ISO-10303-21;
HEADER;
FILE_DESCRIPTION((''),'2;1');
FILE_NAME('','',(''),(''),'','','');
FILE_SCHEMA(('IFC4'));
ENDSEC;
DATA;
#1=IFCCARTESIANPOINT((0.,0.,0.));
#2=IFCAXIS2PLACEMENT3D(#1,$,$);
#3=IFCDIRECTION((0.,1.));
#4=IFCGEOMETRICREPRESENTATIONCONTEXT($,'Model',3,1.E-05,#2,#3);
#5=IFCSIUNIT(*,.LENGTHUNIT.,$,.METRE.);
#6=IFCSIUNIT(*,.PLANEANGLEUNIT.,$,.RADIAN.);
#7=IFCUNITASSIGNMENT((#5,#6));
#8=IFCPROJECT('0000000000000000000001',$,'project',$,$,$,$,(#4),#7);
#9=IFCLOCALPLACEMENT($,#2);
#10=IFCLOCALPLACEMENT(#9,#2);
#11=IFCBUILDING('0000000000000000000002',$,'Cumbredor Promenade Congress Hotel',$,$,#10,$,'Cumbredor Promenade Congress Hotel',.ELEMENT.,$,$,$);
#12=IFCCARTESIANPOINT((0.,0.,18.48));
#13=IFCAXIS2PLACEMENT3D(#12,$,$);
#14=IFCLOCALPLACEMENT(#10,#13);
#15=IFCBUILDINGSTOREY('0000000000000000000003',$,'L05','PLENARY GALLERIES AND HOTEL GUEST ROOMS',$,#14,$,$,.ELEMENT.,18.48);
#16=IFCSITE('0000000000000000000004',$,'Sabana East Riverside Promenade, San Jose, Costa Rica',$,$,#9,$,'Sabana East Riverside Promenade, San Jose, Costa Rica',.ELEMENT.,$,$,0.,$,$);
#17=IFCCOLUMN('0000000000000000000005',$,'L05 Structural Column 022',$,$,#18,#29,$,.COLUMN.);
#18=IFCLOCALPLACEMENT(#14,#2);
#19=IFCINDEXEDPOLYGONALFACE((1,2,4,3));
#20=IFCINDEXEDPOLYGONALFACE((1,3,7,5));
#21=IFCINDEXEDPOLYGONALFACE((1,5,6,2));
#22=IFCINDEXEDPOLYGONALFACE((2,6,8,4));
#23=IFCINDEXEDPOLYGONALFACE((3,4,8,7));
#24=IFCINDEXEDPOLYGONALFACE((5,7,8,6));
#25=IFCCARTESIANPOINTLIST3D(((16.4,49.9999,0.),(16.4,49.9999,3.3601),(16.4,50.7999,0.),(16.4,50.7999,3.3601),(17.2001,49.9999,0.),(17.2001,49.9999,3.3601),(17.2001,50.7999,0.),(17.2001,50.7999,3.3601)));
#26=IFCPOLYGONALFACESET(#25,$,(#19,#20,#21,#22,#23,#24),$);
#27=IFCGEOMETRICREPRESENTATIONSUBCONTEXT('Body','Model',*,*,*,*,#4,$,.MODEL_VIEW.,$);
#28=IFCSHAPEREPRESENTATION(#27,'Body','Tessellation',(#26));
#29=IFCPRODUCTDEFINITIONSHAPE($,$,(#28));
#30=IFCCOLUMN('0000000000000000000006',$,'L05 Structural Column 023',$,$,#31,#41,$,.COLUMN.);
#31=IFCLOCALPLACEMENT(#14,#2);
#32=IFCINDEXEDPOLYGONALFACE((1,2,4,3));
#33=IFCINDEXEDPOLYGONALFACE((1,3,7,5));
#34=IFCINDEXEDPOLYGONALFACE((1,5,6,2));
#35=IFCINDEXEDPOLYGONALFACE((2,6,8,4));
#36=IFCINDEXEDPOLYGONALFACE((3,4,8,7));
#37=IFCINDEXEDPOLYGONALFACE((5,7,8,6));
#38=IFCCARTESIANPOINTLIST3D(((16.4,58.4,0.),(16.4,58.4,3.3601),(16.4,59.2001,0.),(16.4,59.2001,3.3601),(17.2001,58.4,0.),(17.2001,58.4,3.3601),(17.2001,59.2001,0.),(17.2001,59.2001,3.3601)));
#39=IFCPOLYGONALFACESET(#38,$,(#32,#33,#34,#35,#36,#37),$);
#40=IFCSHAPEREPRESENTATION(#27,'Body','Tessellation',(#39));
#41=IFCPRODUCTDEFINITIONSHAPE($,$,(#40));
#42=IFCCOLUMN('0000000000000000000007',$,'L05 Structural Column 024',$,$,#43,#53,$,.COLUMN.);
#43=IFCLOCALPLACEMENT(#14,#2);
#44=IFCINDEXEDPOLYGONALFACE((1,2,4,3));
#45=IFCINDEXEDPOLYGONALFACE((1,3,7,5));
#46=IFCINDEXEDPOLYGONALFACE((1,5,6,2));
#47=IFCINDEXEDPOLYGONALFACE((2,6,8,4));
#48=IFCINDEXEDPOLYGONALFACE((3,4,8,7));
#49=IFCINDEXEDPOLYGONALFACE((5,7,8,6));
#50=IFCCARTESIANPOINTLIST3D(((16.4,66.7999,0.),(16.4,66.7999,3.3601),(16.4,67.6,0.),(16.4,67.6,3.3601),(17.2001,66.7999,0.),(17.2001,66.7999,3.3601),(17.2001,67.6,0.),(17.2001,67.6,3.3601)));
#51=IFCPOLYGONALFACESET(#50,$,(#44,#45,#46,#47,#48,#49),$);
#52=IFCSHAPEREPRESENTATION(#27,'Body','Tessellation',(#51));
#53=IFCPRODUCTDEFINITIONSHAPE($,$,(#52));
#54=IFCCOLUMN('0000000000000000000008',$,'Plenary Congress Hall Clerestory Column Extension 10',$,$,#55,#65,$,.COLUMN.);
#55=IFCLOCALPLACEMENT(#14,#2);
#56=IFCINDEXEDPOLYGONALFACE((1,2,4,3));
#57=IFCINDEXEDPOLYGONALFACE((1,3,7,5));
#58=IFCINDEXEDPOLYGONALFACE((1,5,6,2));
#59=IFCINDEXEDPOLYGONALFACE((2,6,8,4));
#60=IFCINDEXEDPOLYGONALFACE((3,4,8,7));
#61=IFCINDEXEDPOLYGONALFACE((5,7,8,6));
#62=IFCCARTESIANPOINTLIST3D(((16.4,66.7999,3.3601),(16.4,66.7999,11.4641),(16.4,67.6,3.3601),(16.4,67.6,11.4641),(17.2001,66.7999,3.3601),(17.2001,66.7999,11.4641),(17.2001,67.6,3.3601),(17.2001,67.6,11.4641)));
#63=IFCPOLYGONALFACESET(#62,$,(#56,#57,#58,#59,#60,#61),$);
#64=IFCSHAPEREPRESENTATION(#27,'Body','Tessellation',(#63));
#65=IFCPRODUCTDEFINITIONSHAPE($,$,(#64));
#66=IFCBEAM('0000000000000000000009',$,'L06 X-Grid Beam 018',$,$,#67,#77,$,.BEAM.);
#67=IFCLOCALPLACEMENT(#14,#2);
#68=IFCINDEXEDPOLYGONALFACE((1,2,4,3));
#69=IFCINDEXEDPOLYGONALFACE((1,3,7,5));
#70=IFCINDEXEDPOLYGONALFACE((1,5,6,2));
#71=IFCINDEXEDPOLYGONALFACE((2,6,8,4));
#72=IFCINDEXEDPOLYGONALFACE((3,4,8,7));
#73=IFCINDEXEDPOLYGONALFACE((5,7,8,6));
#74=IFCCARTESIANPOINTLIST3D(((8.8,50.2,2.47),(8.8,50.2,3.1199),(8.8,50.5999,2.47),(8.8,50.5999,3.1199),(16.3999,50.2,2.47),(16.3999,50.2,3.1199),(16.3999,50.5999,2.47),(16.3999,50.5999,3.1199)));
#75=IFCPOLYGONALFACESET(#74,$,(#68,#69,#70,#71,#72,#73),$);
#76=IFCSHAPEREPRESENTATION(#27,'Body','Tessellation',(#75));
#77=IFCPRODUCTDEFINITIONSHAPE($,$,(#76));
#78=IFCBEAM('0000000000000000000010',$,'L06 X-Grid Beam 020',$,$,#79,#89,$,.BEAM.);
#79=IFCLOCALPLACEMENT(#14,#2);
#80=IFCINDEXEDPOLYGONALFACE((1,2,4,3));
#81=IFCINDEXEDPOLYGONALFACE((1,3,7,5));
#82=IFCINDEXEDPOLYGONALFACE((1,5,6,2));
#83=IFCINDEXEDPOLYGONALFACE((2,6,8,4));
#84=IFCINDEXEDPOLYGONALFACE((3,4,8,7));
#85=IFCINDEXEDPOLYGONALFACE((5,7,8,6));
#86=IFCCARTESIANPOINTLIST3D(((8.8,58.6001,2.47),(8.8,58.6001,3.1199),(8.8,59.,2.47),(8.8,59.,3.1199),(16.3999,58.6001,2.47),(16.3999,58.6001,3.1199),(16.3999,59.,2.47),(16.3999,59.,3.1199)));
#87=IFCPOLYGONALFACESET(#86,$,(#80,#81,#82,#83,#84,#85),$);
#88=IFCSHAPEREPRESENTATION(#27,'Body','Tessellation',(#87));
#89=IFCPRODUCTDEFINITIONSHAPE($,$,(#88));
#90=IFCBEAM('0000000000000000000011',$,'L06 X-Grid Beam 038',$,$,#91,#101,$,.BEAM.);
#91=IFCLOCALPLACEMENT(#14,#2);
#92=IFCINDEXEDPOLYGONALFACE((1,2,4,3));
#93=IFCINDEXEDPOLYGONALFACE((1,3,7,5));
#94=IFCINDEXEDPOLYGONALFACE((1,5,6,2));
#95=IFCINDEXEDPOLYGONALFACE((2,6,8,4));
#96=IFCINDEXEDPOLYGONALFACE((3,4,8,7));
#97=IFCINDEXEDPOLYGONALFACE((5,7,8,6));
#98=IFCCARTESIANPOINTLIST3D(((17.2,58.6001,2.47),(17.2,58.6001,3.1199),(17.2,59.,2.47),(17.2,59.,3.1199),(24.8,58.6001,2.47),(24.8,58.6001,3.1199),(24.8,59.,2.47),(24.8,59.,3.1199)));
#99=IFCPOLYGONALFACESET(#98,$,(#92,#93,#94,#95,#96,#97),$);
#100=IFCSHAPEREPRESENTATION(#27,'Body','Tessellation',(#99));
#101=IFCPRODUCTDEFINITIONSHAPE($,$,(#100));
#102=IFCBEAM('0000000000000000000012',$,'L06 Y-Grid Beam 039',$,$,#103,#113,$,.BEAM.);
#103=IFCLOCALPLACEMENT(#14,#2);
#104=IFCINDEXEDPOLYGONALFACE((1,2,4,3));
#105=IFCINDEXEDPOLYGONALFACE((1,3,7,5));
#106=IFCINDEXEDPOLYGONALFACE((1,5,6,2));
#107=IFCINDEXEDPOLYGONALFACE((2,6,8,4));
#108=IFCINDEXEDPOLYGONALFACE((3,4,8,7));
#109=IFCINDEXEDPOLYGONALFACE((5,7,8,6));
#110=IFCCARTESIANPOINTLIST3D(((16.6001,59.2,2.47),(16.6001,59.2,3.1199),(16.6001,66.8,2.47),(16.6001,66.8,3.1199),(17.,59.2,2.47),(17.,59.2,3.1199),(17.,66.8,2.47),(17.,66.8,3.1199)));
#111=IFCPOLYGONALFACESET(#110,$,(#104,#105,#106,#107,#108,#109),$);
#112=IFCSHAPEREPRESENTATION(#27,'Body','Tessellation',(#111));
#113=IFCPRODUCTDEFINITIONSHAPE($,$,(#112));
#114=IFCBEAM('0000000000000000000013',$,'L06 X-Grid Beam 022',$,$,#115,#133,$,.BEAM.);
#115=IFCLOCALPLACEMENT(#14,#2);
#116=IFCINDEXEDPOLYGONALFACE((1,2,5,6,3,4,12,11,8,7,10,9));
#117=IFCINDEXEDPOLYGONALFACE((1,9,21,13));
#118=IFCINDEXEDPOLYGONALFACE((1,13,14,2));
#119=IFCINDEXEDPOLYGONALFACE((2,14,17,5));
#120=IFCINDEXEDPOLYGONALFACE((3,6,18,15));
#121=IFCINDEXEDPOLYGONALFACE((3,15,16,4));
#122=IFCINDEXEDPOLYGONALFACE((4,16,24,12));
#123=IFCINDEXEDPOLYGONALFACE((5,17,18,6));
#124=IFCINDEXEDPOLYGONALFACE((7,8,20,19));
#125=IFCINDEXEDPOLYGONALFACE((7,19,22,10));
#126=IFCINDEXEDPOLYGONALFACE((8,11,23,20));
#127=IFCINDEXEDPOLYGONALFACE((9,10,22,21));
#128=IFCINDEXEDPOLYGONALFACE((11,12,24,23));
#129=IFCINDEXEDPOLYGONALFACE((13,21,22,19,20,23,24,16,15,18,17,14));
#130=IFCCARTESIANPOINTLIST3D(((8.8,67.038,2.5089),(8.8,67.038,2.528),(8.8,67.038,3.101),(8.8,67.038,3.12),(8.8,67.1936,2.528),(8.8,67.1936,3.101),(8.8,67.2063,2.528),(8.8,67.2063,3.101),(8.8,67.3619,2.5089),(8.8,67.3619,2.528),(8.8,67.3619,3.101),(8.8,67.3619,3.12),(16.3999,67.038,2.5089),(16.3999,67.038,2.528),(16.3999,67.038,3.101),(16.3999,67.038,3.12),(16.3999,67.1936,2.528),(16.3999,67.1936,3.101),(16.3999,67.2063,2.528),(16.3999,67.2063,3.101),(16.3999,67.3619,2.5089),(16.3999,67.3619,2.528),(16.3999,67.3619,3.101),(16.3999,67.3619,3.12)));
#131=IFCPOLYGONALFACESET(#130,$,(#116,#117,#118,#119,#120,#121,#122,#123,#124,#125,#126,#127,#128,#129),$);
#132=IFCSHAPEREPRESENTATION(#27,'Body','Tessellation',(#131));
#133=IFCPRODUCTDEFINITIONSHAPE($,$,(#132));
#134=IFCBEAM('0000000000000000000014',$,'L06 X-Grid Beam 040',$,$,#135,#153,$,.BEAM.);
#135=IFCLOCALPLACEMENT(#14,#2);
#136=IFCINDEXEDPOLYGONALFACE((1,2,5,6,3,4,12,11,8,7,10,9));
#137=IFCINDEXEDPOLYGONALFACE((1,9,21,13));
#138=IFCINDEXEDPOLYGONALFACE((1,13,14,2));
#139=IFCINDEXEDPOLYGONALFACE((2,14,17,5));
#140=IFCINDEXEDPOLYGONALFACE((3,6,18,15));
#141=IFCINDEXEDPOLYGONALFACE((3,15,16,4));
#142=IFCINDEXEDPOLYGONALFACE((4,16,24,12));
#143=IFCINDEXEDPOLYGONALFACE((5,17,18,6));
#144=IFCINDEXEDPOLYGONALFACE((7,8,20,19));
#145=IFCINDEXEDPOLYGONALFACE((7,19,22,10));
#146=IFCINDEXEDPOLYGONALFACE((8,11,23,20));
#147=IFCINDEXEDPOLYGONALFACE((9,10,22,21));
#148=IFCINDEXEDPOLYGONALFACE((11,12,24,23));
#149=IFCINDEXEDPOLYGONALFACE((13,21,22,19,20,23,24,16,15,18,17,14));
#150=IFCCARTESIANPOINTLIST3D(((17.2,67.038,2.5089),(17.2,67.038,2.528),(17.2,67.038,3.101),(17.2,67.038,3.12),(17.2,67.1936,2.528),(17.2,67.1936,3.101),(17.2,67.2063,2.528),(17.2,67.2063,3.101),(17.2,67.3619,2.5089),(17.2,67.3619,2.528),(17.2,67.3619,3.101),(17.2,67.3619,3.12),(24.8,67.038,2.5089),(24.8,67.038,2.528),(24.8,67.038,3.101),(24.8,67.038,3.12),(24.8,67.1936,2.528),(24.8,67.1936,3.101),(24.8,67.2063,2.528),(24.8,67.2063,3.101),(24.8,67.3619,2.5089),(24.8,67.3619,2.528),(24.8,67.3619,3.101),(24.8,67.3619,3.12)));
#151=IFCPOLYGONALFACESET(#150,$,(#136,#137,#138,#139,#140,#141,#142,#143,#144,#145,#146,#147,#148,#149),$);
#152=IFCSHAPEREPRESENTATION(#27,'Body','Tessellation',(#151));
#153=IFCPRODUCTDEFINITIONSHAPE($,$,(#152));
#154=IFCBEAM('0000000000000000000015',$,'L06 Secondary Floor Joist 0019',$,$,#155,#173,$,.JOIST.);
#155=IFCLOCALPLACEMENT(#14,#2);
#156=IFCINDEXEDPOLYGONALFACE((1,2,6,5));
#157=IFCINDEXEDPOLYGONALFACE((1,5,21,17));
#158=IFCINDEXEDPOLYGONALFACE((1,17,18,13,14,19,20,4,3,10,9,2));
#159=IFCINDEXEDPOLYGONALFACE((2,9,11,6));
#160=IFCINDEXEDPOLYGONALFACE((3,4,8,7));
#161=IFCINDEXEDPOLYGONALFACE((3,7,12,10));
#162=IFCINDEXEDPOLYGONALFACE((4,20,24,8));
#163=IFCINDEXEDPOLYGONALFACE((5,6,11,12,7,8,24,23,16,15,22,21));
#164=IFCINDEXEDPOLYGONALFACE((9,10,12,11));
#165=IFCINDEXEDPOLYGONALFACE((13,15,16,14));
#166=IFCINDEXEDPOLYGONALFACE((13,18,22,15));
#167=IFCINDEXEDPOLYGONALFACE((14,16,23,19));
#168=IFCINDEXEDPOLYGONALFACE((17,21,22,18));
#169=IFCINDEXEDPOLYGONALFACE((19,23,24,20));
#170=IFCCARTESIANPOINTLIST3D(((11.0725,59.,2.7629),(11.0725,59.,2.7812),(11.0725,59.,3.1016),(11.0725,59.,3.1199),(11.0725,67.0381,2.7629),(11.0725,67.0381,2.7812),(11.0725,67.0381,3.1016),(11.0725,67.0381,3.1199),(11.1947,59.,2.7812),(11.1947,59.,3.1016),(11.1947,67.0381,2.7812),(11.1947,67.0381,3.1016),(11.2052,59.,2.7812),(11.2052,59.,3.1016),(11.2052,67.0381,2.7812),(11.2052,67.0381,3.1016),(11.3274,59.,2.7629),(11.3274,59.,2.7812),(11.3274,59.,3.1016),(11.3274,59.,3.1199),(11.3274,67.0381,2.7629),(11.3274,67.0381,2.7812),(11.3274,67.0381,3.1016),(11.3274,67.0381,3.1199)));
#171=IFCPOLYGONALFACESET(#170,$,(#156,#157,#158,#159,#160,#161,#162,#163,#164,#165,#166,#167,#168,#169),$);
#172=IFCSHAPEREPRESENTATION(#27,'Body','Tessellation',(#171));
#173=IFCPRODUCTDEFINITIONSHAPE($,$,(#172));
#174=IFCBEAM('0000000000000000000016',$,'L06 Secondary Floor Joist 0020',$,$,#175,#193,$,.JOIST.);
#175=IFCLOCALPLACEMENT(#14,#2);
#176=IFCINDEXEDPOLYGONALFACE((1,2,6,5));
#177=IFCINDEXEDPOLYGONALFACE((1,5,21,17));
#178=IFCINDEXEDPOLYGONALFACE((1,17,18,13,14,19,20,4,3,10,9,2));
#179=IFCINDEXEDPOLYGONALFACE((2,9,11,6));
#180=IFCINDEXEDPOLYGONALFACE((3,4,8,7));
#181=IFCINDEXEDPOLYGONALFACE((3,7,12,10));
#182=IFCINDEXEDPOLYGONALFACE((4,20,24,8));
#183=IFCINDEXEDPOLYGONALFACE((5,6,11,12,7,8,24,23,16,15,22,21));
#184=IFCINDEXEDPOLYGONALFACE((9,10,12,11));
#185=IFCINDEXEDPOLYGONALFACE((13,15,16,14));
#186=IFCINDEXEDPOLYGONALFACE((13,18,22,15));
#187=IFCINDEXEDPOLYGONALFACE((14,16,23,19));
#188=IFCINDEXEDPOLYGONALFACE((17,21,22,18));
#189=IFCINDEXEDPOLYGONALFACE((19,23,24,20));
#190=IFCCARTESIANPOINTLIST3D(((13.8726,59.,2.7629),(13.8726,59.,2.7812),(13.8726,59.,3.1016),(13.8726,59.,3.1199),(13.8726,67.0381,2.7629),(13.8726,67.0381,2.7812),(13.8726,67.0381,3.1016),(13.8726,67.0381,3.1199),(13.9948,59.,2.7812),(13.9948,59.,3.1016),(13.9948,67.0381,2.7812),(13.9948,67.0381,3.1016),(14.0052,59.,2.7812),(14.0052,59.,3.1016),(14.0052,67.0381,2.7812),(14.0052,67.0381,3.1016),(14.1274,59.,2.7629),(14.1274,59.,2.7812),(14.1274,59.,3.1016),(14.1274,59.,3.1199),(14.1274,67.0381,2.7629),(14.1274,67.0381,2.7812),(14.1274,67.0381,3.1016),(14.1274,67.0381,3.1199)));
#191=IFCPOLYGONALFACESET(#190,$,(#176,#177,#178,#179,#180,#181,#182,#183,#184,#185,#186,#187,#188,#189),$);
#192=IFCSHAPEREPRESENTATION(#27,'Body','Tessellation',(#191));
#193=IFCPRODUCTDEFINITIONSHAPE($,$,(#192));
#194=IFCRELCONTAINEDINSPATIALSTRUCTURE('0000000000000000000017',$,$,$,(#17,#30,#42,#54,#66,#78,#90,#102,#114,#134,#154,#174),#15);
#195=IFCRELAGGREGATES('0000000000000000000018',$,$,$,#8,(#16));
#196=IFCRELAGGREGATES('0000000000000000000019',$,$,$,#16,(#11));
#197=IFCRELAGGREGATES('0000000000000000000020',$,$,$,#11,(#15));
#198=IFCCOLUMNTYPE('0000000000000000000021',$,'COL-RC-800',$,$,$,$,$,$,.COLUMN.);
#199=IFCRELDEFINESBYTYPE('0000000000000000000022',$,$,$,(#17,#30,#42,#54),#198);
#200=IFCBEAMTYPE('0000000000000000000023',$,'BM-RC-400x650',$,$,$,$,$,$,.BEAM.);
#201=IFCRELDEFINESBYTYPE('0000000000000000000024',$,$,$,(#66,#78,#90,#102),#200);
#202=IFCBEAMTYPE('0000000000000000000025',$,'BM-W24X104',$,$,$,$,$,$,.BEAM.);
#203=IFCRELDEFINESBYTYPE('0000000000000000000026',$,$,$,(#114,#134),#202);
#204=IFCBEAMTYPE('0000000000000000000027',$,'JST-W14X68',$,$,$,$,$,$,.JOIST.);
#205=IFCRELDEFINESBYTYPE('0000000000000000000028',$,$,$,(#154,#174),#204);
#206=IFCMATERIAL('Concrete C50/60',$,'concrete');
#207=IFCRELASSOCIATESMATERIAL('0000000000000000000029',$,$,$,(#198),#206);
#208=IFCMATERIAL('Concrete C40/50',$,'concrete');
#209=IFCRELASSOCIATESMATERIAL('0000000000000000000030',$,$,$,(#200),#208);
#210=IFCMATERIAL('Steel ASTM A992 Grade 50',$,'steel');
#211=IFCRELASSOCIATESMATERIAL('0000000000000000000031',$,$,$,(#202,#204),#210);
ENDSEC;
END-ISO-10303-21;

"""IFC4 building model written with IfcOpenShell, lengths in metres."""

from ifc_helpers import new_model, si_unit, direction, frame, origin, origin_2d, place, context, subcontext, project, spatial, rectangle, i_section, extrude, material, material_profile, profile_set, type_object, element, save


model = new_model("IFC4")

# Units and contexts
model_context = context("Model", 3, precision=1e-05, world=origin(), true_north=direction((0.0, 1.0)))
body_context = subcontext(model_context, "Body", "Model", "MODEL_VIEW")
ifc_project = project(units=[si_unit("LENGTHUNIT", "METRE"), si_unit("PLANEANGLEUNIT", "RADIAN")], contexts=[model_context])

# Site, building, storey
site_placement = place(None, origin())
site = spatial("IfcSite", under=ifc_project, at=site_placement, Name="Sabana East Riverside Promenade, San Jose, Costa Rica", LongName="Sabana East Riverside Promenade, San Jose, Costa Rica", CompositionType="ELEMENT", RefElevation=0.0)
building_placement = place(site_placement, origin())
building = spatial("IfcBuilding", under=site, at=building_placement, Name="Cumbredor Promenade Congress Hotel", LongName="Cumbredor Promenade Congress Hotel", CompositionType="ELEMENT")
storey_placement = place(building_placement, frame((0.0, 0.0, 18.48)))
storey = spatial("IfcBuildingStorey", under=building, at=storey_placement, Name="L05", Description="PLENARY GALLERIES AND HOTEL GUEST ROOMS", CompositionType="ELEMENT", Elevation=18.48)

# Columns
ifc_material_1 = material(Name="Concrete C50/60", Category="concrete")
ifc_material_profile_1 = material_profile(ifc_material_1, rectangle(XDim=0.8, YDim=0.8, at=origin_2d()), Name="RC 800x800")
ifc_profile_set_1 = profile_set([ifc_material_profile_1], Name="Concrete C50/60")
column_type = type_object("IfcColumnType", Name="COL-RC-800", PredefinedType="COLUMN", material=ifc_profile_set_1)
for number, where, z_axis, x_axis, name in (
    (1, (16.8, 50.3999, 0.0), (0.0, 0.0, 1.0), (1.0, 0.0, 0.0), "L05 Structural Column 022"),
    (2, (16.8, 58.8, 0.0), (0.0, 0.0, 1.0), (1.0, 0.0, 0.0), "L05 Structural Column 023"),
    (3, (16.8, 67.2, 0.0), (0.0, 0.0, 1.0), (1.0, 0.0, 0.0), "L05 Structural Column 024"),
):
    element("IfcColumn", number, at=place(storey_placement, frame(where, z_axis=z_axis, x_axis=x_axis)), inside=storey, type_object=column_type, Name=name, PredefinedType="COLUMN", context=body_context, shape_type="SweptSolid", body=[
        extrude(rectangle(XDim=0.8, YDim=0.8, at=origin_2d()), origin(), (0.0, 0.0, 1.0), 3.3601),
    ])
column_placement = place(storey_placement, frame((16.8, 67.2, 3.3601), z_axis=(0.0, 0.0, 1.0), x_axis=(1.0, 0.0, 0.0)))
element("IfcColumn", 4, at=column_placement, inside=storey, type_object=column_type, Name="Plenary Congress Hall Clerestory Column Extension 10", PredefinedType="COLUMN", context=body_context, shape_type="SweptSolid", body=[
    extrude(rectangle(XDim=0.8, YDim=0.8, at=origin_2d()), origin(), (0.0, 0.0, 1.0), 8.104),
])

# Beams
ifc_material_2 = material(Name="Concrete C40/50", Category="concrete")
ifc_material_profile_2 = material_profile(ifc_material_2, rectangle(XDim=0.3999, YDim=0.6499, at=origin_2d()), Name="RC BEAM 400x650")
ifc_profile_set_2 = profile_set([ifc_material_profile_2], Name="Concrete C40/50")
beam_type_1 = type_object("IfcBeamType", Name="BM-RC-400x650", PredefinedType="BEAM", material=ifc_profile_set_2)
for number, where, z_axis, x_axis, name in (
    (5, (8.8, 50.3999, 2.7949), (1.0, 0.0, 0.0), (0.0, 1.0, 0.0), "L06 X-Grid Beam 018"),
    (6, (8.8, 58.8, 2.7949), (1.0, 0.0, 0.0), (0.0, 1.0, 0.0), "L06 X-Grid Beam 020"),
):
    element("IfcBeam", number, at=place(storey_placement, frame(where, z_axis=z_axis, x_axis=x_axis)), inside=storey, type_object=beam_type_1, Name=name, PredefinedType="BEAM", context=body_context, shape_type="SweptSolid", body=[
        extrude(rectangle(XDim=0.3999, YDim=0.6499, at=origin_2d()), origin(), (0.0, 0.0, 1.0), 7.5999),
    ])
for number, where, z_axis, x_axis, name in (
    (7, (17.2, 58.8, 2.7949), (1.0, 0.0, 0.0), (0.0, 1.0, 0.0), "L06 X-Grid Beam 038"),
    (8, (16.8, 59.2, 2.7949), (0.0, 1.0, 0.0), (-1.0, 0.0, 0.0), "L06 Y-Grid Beam 039"),
):
    element("IfcBeam", number, at=place(storey_placement, frame(where, z_axis=z_axis, x_axis=x_axis)), inside=storey, type_object=beam_type_1, Name=name, PredefinedType="BEAM", context=body_context, shape_type="SweptSolid", body=[
        extrude(rectangle(XDim=0.3999, YDim=0.6499, at=origin_2d()), origin(), (0.0, 0.0, 1.0), 7.6001),
    ])
ifc_material_3 = material(Name="Steel ASTM A992 Grade 50", Category="steel")
ifc_material_profile_3 = material_profile(ifc_material_3, i_section(OverallWidth=0.324, OverallDepth=0.6111, WebThickness=0.0127, FlangeThickness=0.019, at=origin_2d()), Name="W24X104")
ifc_profile_set_3 = profile_set([ifc_material_profile_3], Name="Steel ASTM A992 Grade 50")
beam_type_2 = type_object("IfcBeamType", Name="BM-W24X104", PredefinedType="BEAM", material=ifc_profile_set_3)
beam_1_placement = place(storey_placement, frame((8.8, 67.2, 2.8145), z_axis=(1.0, 0.0, 0.0), x_axis=(0.0, 1.0, 0.0)))
element("IfcBeam", 9, at=beam_1_placement, inside=storey, type_object=beam_type_2, Name="L06 X-Grid Beam 022", PredefinedType="BEAM", context=body_context, shape_type="SweptSolid", body=[
    extrude(i_section(OverallWidth=0.324, OverallDepth=0.6111, WebThickness=0.0127, FlangeThickness=0.019, at=origin_2d()), origin(), (0.0, 0.0, 1.0), 7.5999),
])
beam_2_placement = place(storey_placement, frame((17.2, 67.2, 2.8145), z_axis=(1.0, 0.0, 0.0), x_axis=(0.0, 1.0, 0.0)))
element("IfcBeam", 10, at=beam_2_placement, inside=storey, type_object=beam_type_2, Name="L06 X-Grid Beam 040", PredefinedType="BEAM", context=body_context, shape_type="SweptSolid", body=[
    extrude(i_section(OverallWidth=0.324, OverallDepth=0.6111, WebThickness=0.0127, FlangeThickness=0.019, at=origin_2d()), origin(), (0.0, 0.0, 1.0), 7.6001),
])
ifc_material_profile_4 = material_profile(ifc_material_3, i_section(OverallWidth=0.2549, OverallDepth=0.3569, WebThickness=0.0105, FlangeThickness=0.0183, at=origin_2d()), Name="W14X68")
ifc_profile_set_4 = profile_set([ifc_material_profile_4], Name="Steel ASTM A992 Grade 50")
beam_type_3 = type_object("IfcBeamType", Name="JST-W14X68", PredefinedType="JOIST", material=ifc_profile_set_4)
for number, where, z_axis, x_axis, name in (
    (11, (11.2, 59.0, 2.9414), (0.0, 1.0, 0.0), (-1.0, 0.0, 0.0), "L06 Secondary Floor Joist 0019"),
    (12, (14.0, 59.0, 2.9414), (0.0, 1.0, 0.0), (-1.0, 0.0, 0.0), "L06 Secondary Floor Joist 0020"),
):
    element("IfcBeam", number, at=place(storey_placement, frame(where, z_axis=z_axis, x_axis=x_axis)), inside=storey, type_object=beam_type_3, Name=name, PredefinedType="JOIST", context=body_context, shape_type="SweptSolid", body=[
        extrude(i_section(OverallWidth=0.2549, OverallDepth=0.3569, WebThickness=0.0105, FlangeThickness=0.0183, at=origin_2d()), origin(), (0.0, 0.0, 1.0), 8.0381),
    ])

save(model, "model.ifc")
